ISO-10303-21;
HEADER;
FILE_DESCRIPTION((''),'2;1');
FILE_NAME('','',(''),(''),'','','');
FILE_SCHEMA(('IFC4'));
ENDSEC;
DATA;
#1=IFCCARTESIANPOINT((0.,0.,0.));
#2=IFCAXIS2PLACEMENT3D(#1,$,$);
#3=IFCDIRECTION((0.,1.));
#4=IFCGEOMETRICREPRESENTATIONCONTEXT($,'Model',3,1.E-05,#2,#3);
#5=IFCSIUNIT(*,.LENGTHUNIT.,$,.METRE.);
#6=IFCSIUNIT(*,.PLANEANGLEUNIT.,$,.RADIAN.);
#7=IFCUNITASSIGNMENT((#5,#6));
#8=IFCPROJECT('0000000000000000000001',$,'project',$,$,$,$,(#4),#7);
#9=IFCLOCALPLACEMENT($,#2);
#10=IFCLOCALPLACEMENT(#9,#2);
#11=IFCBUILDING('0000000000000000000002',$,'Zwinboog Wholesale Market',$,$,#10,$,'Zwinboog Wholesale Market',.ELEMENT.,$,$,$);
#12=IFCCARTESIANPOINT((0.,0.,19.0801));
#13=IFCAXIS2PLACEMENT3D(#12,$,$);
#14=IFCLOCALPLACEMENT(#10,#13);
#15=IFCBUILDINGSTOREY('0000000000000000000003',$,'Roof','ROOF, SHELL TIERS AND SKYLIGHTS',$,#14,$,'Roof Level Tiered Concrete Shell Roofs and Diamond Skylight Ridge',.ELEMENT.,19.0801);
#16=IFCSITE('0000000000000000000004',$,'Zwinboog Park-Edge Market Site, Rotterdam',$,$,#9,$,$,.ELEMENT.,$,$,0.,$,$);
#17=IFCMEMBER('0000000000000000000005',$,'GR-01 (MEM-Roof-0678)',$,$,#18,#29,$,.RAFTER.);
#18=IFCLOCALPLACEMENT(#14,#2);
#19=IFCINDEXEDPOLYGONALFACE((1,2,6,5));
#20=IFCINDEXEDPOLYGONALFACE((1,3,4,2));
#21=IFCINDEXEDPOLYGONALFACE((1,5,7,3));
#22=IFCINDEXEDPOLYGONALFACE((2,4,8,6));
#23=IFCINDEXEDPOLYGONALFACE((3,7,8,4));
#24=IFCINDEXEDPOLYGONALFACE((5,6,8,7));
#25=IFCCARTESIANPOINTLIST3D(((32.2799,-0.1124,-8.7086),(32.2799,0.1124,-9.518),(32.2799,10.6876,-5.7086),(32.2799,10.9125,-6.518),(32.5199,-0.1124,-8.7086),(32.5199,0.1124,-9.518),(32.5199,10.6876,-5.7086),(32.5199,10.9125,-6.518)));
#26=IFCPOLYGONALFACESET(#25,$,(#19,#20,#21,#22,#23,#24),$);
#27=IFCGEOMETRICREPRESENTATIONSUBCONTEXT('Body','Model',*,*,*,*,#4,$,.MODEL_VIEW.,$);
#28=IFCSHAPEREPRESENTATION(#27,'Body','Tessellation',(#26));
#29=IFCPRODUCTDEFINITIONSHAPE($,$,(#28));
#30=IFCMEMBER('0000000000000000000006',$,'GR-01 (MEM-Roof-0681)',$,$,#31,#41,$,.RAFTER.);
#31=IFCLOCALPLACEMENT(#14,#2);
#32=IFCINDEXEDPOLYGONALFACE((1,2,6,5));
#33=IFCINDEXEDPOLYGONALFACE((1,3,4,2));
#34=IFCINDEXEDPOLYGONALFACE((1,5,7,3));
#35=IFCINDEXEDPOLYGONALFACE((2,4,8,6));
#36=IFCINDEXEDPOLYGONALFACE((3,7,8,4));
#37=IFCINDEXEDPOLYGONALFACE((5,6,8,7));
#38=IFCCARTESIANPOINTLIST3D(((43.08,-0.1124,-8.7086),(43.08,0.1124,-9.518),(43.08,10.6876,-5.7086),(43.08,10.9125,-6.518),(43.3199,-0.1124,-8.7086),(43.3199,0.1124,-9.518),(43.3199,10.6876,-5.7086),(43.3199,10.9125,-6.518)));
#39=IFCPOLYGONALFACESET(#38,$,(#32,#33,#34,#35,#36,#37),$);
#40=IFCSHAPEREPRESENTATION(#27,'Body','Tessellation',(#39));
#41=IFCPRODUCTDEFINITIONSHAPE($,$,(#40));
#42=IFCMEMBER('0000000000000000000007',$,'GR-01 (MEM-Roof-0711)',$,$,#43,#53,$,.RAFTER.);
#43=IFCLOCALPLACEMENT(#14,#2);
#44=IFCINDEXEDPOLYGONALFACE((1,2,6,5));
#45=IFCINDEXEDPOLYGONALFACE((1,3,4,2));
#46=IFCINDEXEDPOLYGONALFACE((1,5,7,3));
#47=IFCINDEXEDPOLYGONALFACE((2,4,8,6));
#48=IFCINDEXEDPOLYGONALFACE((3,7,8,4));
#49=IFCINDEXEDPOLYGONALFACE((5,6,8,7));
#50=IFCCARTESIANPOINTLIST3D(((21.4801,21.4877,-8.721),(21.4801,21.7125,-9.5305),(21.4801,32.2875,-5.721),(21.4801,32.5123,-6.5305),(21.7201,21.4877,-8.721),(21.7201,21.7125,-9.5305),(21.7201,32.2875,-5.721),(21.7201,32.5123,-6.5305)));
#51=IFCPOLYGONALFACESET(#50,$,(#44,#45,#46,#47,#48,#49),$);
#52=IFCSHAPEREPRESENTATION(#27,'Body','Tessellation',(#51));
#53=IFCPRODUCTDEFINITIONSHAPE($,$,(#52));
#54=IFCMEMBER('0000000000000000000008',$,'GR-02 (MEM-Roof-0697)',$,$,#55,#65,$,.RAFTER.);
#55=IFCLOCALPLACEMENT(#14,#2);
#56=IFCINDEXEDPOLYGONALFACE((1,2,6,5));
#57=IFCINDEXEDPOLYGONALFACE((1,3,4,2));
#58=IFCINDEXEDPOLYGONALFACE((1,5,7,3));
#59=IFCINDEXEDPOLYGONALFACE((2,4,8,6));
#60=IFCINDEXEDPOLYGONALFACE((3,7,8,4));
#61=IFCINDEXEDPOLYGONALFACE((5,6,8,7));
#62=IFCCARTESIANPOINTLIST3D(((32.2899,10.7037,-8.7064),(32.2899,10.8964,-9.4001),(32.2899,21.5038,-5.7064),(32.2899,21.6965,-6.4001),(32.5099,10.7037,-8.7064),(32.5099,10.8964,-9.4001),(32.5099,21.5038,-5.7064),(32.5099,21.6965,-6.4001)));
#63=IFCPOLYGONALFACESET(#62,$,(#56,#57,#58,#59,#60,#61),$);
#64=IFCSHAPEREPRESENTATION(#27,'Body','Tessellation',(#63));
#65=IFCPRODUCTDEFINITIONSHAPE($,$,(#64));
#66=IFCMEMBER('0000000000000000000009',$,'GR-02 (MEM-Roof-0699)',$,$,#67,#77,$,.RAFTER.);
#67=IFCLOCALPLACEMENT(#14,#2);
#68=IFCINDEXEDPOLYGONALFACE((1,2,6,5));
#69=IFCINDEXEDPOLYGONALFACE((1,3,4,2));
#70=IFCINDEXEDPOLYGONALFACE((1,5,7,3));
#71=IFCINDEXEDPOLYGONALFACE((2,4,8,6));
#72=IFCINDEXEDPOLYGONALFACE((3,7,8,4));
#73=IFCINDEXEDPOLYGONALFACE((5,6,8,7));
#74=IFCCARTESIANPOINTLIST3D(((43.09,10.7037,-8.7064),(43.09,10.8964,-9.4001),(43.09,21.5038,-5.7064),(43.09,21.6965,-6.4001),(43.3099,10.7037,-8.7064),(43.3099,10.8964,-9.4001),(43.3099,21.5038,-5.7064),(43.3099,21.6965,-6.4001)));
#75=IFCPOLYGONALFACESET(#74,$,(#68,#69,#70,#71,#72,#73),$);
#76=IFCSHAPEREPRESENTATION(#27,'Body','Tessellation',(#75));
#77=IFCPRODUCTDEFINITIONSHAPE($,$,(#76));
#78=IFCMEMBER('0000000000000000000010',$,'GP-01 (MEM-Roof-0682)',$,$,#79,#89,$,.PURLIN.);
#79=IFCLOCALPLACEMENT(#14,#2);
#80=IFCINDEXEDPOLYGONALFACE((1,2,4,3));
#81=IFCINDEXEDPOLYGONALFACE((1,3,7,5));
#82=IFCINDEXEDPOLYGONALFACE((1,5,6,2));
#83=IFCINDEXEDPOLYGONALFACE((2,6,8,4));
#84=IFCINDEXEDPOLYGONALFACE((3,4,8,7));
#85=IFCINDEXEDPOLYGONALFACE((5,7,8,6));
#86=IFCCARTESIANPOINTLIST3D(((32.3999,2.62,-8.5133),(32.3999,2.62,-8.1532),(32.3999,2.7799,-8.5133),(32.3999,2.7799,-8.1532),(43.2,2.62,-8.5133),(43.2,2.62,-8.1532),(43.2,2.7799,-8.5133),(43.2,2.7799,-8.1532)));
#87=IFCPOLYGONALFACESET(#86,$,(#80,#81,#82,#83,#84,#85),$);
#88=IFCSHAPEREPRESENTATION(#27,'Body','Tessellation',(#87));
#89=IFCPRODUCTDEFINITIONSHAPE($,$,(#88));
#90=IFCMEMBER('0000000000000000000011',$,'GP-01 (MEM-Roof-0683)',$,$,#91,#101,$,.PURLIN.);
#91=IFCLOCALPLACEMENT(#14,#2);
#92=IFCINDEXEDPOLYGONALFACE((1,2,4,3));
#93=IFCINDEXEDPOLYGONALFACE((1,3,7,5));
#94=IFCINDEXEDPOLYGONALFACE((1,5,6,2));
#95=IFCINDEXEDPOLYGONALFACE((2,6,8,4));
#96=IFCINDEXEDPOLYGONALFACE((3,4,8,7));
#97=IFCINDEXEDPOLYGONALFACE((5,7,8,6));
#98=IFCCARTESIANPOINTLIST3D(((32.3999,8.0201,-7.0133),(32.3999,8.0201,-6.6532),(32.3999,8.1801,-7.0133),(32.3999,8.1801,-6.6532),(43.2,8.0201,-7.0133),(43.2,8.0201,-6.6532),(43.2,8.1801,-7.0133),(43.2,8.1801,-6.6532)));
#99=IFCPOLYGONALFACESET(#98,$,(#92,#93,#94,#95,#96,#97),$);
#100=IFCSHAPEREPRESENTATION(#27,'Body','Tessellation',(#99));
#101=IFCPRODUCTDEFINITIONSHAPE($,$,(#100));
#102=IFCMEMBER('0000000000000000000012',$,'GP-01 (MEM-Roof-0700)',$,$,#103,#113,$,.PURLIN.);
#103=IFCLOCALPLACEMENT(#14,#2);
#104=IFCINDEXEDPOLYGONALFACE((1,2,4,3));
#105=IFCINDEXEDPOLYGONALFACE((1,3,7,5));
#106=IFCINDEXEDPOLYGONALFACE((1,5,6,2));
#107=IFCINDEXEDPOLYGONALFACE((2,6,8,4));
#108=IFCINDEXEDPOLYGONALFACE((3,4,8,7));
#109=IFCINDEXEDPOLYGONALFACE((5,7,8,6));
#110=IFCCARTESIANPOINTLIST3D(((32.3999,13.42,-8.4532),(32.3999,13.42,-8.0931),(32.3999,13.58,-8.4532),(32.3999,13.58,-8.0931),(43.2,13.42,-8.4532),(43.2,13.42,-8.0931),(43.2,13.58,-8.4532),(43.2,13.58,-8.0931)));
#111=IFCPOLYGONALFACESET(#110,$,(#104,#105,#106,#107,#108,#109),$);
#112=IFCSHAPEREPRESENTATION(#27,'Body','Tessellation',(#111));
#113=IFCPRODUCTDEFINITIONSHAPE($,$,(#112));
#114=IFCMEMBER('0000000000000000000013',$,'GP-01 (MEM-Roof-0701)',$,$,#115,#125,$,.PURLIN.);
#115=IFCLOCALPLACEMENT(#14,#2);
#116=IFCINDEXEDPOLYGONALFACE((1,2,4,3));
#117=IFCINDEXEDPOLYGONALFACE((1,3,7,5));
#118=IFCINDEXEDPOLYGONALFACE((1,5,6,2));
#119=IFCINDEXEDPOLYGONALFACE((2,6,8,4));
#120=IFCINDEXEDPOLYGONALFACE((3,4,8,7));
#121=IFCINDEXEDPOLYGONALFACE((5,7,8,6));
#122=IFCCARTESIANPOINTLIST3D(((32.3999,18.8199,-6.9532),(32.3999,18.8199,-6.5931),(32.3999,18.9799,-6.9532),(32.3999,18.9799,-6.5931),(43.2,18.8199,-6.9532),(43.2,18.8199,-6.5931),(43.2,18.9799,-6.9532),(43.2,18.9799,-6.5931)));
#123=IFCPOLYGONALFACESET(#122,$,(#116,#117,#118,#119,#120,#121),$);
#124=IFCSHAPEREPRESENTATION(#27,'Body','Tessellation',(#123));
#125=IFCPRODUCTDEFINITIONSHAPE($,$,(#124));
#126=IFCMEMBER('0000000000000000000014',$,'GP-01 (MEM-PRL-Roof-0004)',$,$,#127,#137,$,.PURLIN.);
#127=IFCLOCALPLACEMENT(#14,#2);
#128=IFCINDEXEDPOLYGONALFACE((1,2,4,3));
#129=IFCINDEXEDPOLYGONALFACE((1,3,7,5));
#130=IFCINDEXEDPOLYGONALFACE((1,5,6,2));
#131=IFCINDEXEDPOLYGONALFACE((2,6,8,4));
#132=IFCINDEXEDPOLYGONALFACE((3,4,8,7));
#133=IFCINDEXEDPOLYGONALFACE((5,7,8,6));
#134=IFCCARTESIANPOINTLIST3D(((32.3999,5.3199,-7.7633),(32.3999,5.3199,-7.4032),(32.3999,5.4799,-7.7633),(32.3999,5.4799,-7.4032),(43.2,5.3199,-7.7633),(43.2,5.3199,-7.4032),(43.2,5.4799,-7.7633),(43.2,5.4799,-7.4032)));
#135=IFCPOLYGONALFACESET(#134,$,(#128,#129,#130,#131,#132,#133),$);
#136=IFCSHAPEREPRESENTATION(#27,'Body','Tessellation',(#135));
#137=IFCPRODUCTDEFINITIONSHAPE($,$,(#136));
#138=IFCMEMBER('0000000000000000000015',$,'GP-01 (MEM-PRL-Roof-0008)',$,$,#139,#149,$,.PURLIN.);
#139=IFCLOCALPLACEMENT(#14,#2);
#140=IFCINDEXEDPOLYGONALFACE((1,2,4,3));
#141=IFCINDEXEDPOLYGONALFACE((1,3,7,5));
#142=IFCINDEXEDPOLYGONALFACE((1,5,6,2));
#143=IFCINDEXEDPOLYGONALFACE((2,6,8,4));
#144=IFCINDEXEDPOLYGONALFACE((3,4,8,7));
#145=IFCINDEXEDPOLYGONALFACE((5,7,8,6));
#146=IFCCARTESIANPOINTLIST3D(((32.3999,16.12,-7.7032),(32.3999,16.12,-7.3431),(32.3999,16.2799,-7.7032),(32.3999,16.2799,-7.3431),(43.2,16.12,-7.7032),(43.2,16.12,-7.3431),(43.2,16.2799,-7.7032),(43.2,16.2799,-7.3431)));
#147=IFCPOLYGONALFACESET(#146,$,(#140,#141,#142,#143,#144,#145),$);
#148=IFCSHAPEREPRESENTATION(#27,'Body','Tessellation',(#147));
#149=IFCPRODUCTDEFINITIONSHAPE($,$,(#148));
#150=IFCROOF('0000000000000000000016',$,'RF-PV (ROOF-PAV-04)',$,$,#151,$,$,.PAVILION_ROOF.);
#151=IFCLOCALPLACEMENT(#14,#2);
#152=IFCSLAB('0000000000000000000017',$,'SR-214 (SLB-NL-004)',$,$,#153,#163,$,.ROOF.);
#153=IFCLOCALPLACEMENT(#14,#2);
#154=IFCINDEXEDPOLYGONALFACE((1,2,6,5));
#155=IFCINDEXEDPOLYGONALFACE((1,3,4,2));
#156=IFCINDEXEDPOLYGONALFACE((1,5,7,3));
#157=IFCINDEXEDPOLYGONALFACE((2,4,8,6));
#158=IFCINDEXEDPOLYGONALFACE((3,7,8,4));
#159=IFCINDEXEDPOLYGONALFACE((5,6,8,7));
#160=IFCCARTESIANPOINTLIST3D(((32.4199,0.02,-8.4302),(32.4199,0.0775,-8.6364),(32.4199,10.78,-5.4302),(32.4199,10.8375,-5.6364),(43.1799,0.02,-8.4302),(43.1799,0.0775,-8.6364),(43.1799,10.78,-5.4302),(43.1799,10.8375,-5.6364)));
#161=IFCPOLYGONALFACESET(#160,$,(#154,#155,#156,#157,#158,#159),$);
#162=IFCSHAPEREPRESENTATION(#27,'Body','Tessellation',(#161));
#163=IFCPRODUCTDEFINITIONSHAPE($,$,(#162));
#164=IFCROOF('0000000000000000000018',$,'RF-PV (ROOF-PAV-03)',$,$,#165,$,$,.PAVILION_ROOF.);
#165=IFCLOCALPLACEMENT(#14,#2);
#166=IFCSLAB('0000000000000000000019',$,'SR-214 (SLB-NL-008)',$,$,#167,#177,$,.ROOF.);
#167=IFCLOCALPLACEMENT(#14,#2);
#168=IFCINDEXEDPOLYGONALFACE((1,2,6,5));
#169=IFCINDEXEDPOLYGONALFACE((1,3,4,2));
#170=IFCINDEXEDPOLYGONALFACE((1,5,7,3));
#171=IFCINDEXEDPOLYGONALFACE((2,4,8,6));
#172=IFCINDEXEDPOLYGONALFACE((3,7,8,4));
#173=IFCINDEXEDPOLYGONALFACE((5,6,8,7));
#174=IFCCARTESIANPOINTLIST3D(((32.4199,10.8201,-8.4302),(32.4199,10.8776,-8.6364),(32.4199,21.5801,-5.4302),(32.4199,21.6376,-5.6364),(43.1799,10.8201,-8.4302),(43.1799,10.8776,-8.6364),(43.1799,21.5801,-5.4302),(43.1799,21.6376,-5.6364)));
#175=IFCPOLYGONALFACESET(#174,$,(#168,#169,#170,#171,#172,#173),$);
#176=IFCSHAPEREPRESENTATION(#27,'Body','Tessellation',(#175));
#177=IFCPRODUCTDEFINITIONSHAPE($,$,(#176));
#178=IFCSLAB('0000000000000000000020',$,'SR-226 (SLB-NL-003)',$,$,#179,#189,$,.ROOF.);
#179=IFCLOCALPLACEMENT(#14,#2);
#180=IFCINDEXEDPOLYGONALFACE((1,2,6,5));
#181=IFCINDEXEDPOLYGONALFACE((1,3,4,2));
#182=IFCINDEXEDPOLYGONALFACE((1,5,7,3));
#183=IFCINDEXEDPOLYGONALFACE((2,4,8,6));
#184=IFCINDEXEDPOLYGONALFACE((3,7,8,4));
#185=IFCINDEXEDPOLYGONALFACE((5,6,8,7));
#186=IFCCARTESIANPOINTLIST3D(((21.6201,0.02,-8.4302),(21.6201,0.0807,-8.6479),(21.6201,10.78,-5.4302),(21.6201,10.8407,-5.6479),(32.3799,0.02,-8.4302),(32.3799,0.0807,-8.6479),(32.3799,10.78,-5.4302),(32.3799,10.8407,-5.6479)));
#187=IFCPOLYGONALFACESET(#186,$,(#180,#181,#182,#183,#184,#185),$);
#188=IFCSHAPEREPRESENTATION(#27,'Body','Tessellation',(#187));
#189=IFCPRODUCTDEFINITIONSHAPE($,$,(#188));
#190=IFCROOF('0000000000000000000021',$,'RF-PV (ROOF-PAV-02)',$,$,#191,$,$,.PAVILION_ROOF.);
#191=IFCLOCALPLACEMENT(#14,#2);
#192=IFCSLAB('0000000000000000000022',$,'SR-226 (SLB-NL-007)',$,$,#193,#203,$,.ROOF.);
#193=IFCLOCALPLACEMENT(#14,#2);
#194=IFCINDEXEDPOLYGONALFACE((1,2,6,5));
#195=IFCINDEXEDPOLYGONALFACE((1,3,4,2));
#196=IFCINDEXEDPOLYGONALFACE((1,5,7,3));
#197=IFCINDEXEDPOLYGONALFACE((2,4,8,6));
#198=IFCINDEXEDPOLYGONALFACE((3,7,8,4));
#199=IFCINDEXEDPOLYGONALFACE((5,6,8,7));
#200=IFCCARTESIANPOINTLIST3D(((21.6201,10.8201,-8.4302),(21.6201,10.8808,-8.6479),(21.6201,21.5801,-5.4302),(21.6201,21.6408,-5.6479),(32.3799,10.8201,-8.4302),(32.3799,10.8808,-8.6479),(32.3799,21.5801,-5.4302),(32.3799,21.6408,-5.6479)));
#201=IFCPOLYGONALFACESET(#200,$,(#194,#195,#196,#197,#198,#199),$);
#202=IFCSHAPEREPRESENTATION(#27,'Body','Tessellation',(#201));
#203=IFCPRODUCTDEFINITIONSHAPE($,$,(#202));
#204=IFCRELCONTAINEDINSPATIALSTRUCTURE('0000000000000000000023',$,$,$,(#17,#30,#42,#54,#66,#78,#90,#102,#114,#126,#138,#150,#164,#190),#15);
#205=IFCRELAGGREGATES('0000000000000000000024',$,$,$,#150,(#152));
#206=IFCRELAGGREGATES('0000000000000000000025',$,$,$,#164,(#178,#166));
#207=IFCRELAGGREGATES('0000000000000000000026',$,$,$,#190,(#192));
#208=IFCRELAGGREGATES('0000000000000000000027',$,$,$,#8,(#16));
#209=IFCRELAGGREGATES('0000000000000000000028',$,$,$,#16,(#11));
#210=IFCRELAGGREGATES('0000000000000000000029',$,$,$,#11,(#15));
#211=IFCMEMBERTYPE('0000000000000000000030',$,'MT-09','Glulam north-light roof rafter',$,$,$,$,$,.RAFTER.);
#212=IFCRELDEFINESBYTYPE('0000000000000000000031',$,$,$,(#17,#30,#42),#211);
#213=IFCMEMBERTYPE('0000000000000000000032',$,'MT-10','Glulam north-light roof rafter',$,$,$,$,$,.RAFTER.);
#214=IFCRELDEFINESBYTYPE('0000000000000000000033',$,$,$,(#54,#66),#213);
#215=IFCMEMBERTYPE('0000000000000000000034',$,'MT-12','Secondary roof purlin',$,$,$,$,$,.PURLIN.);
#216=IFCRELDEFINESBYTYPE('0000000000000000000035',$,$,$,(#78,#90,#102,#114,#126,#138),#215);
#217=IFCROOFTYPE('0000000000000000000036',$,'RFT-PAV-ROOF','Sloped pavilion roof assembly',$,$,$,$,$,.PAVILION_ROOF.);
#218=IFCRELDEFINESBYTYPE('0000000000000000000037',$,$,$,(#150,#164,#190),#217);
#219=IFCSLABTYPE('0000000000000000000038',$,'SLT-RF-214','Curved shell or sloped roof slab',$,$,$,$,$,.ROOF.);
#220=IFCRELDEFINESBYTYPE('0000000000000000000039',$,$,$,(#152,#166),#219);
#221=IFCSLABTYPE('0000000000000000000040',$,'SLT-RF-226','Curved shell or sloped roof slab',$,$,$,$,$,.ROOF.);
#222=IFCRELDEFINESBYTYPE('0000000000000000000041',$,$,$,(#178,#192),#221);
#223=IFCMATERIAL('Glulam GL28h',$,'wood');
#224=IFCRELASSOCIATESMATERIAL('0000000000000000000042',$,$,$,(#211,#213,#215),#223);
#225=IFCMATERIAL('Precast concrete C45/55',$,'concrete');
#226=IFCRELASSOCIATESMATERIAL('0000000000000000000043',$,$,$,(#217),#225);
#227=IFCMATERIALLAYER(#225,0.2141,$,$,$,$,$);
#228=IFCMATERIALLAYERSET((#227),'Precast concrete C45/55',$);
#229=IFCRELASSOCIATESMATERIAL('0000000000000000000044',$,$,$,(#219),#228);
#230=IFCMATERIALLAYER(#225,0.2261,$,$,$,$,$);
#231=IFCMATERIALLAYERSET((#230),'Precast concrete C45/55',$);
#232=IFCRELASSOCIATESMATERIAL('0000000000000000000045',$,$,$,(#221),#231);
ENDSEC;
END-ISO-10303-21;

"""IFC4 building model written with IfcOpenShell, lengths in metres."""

from ifc_helpers import new_model, si_unit, direction, frame, origin, origin_2d, place, context, subcontext, project, spatial, polyline, rectangle, outline, extrude, material, layer, layer_set, material_profile, profile_set, type_object, element, aggregate, save


model = new_model("IFC4")

# Units and contexts
model_context = context("Model", 3, precision=1e-05, world=origin(), true_north=direction((0.0, 1.0)))
body_context = subcontext(model_context, "Body", "Model", "MODEL_VIEW")
ifc_project = project(units=[si_unit("LENGTHUNIT", "METRE"), si_unit("PLANEANGLEUNIT", "RADIAN")], contexts=[model_context])

# Site, building, storey
site_placement = place(None, origin())
site = spatial("IfcSite", under=ifc_project, at=site_placement, Name="Zwinboog Park-Edge Market Site, Rotterdam", CompositionType="ELEMENT", RefElevation=0.0)
building_placement = place(site_placement, origin())
building = spatial("IfcBuilding", under=site, at=building_placement, Name="Zwinboog Wholesale Market", LongName="Zwinboog Wholesale Market", CompositionType="ELEMENT")
storey_placement = place(building_placement, frame((0.0, 0.0, 19.0801)))
storey = spatial("IfcBuildingStorey", under=building, at=storey_placement, Name="Roof", Description="ROOF, SHELL TIERS AND SKYLIGHTS", LongName="Roof Level Tiered Concrete Shell Roofs and Diamond Skylight Ridge", CompositionType="ELEMENT", Elevation=19.0801)

# Shared definitions
ifc_material_1 = material(Name="Precast concrete C45/55", Category="concrete")

# Members
ifc_material_2 = material(Name="Glulam GL28h", Category="wood")
ifc_material_profile_1 = material_profile(ifc_material_2, rectangle(XDim=0.24, YDim=0.8401, at=origin_2d()), Name="GL28h 240x840")
ifc_profile_set_1 = profile_set([ifc_material_profile_1], Name="Glulam GL28h")
member_type_1 = type_object("IfcMemberType", Name="MT-09", Description="Glulam north-light roof rafter", PredefinedType="RAFTER", material=ifc_profile_set_1)
for number, where, z_axis, x_axis, name in (
    (1, (32.3999, 0.0, -9.1133), (0.0, 0.963518, 0.267643), (-1.0, 0.0, 0.0), "GR-01 (MEM-Roof-0678)"),
    (2, (43.2, 0.0, -9.1133), (0.0, 0.963518, 0.267643), (-1.0, 0.0, 0.0), "GR-01 (MEM-Roof-0681)"),
):
    element("IfcMember", number, at=place(storey_placement, frame(where, z_axis=z_axis, x_axis=x_axis)), inside=storey, type_object=member_type_1, Name=name, PredefinedType="RAFTER", context=body_context, shape_type="SweptSolid", body=[
        extrude(rectangle(XDim=0.24, YDim=0.8401, at=origin_2d()), origin(), (0.0, 0.0, 1.0), 11.209),
    ])
member_1_placement = place(storey_placement, frame((21.6001, 21.6001, -9.1257), z_axis=(0.0, 0.963517, 0.267648), x_axis=(-1.0, 0.0, 0.0)))
element("IfcMember", 3, at=member_1_placement, inside=storey, type_object=member_type_1, Name="GR-01 (MEM-Roof-0711)", PredefinedType="RAFTER", context=body_context, shape_type="SweptSolid", body=[
    extrude(rectangle(XDim=0.24, YDim=0.8401, at=origin_2d()), origin(), (0.0, 0.0, 1.0), 11.2087),
])
ifc_material_profile_2 = material_profile(ifc_material_2, rectangle(XDim=0.22, YDim=0.72, at=origin_2d()), Name="GL28h 220x720")
ifc_profile_set_2 = profile_set([ifc_material_profile_2], Name="Glulam GL28h")
member_type_2 = type_object("IfcMemberType", Name="MT-10", Description="Glulam north-light roof rafter", PredefinedType="RAFTER", material=ifc_profile_set_2)
for number, where, z_axis, x_axis, name in (
    (4, (32.3999, 10.8, -9.0532), (0.0, 0.963518, 0.267643), (-1.0, 0.0, 0.0), "GR-02 (MEM-Roof-0697)"),
    (5, (43.2, 10.8, -9.0532), (0.0, 0.963518, 0.267643), (-1.0, 0.0, 0.0), "GR-02 (MEM-Roof-0699)"),
):
    element("IfcMember", number, at=place(storey_placement, frame(where, z_axis=z_axis, x_axis=x_axis)), inside=storey, type_object=member_type_2, Name=name, PredefinedType="RAFTER", context=body_context, shape_type="SweptSolid", body=[
        extrude(rectangle(XDim=0.22, YDim=0.72, at=origin_2d()), origin(), (0.0, 0.0, 1.0), 11.209),
    ])
ifc_material_profile_3 = material_profile(ifc_material_2, rectangle(XDim=0.1599, YDim=0.3601, at=origin_2d()), Name="GL28h 160x360")
ifc_profile_set_3 = profile_set([ifc_material_profile_3], Name="Glulam GL28h")
member_type_3 = type_object("IfcMemberType", Name="MT-12", Description="Secondary roof purlin", PredefinedType="PURLIN", material=ifc_profile_set_3)
for number, where, z_axis, x_axis, name in (
    (6, (32.3999, 2.7, -8.3333), (1.0, 0.0, 0.0), (0.0, 1.0, 0.0), "GP-01 (MEM-Roof-0682)"),
    (7, (32.3999, 8.1001, -6.8333), (1.0, 0.0, 0.0), (0.0, 1.0, 0.0), "GP-01 (MEM-Roof-0683)"),
    (8, (32.3999, 13.5, -8.2732), (1.0, 0.0, 0.0), (0.0, 1.0, 0.0), "GP-01 (MEM-Roof-0700)"),
    (9, (32.3999, 18.8999, -6.7732), (1.0, 0.0, 0.0), (0.0, 1.0, 0.0), "GP-01 (MEM-Roof-0701)"),
    (10, (32.3999, 5.3999, -7.5833), (1.0, 0.0, 0.0), (0.0, 1.0, 0.0), "GP-01 (MEM-PRL-Roof-0004)"),
    (11, (32.3999, 16.2, -7.5232), (1.0, 0.0, 0.0), (0.0, 1.0, 0.0), "GP-01 (MEM-PRL-Roof-0008)"),
):
    element("IfcMember", number, at=place(storey_placement, frame(where, z_axis=z_axis, x_axis=x_axis)), inside=storey, type_object=member_type_3, Name=name, PredefinedType="PURLIN", context=body_context, shape_type="SweptSolid", body=[
        extrude(rectangle(XDim=0.1599, YDim=0.3601, at=origin_2d()), origin(), (0.0, 0.0, 1.0), 10.8),
    ])

# Roof, slab
roof_type = type_object("IfcRoofType", Name="RFT-PAV-ROOF", Description="Sloped pavilion roof assembly", PredefinedType="PAVILION_ROOF", material=ifc_material_1)
roof_1_placement = place(storey_placement, origin())
roof_1 = element("IfcRoof", 12, at=roof_1_placement, inside=storey, type_object=roof_type, Name="RF-PV (ROOF-PAV-04)", PredefinedType="PAVILION_ROOF")
ifc_layer_1 = layer(ifc_material_1, 0.2141)
ifc_layer_set_1 = layer_set([ifc_layer_1], Name="Precast concrete C45/55")
slab_type_1 = type_object("IfcSlabType", Name="SLT-RF-214", Description="Curved shell or sloped roof slab", PredefinedType="ROOF", material=ifc_layer_set_1)
slab_1_placement = place(storey_placement, frame((32.4199, 0.02, -8.4302), z_axis=(0.0, -0.268567, 0.963261), x_axis=(1.0, 0.0, 0.0)))
slab_1 = element("IfcSlab", 13, at=slab_1_placement, type_object=slab_type_1, Name="SR-214 (SLB-NL-004)", PredefinedType="ROOF", context=body_context, shape_type="SweptSolid", body=[
    extrude(outline(polyline([(0.0, 0.0), (10.76, 0.0), (10.76, 11.1704), (0.0, 11.1704), (0.0, 0.0)])), origin(), (0.0, 0.0, -1.0), 0.2141),
])
aggregate(roof_1, [slab_1])

# Roof, slabs
roof_2_placement = place(storey_placement, origin())
roof_2 = element("IfcRoof", 14, at=roof_2_placement, inside=storey, type_object=roof_type, Name="RF-PV (ROOF-PAV-03)", PredefinedType="PAVILION_ROOF")
slab_2_placement = place(storey_placement, frame((32.4199, 10.8201, -8.4302), z_axis=(0.0, -0.268567, 0.963261), x_axis=(1.0, 0.0, 0.0)))
slab_2 = element("IfcSlab", 15, at=slab_2_placement, type_object=slab_type_1, Name="SR-214 (SLB-NL-008)", PredefinedType="ROOF", context=body_context, shape_type="SweptSolid", body=[
    extrude(outline(polyline([(0.0, 0.0), (10.76, 0.0), (10.76, 11.1704), (0.0, 11.1704), (0.0, 0.0)])), origin(), (0.0, 0.0, -1.0), 0.2141),
])
ifc_layer_2 = layer(ifc_material_1, 0.2261)
ifc_layer_set_2 = layer_set([ifc_layer_2], Name="Precast concrete C45/55")
slab_type_2 = type_object("IfcSlabType", Name="SLT-RF-226", Description="Curved shell or sloped roof slab", PredefinedType="ROOF", material=ifc_layer_set_2)
slab_3_placement = place(storey_placement, frame((21.6201, 0.02, -8.4302), z_axis=(0.0, -0.268567, 0.963261), x_axis=(1.0, 0.0, 0.0)))
slab_3 = element("IfcSlab", 16, at=slab_3_placement, type_object=slab_type_2, Name="SR-226 (SLB-NL-003)", PredefinedType="ROOF", context=body_context, shape_type="SweptSolid", body=[
    extrude(outline(polyline([(0.0, 0.0), (10.7598, 0.0), (10.7598, 11.1704), (0.0, 11.1704), (0.0, 0.0)])), origin(), (0.0, 0.0, -1.0), 0.2261),
])
aggregate(roof_2, [slab_3, slab_2])

# Roof, slab
roof_3_placement = place(storey_placement, origin())
roof_3 = element("IfcRoof", 17, at=roof_3_placement, inside=storey, type_object=roof_type, Name="RF-PV (ROOF-PAV-02)", PredefinedType="PAVILION_ROOF")
slab_4_placement = place(storey_placement, frame((21.6201, 10.8201, -8.4302), z_axis=(0.0, -0.268567, 0.963261), x_axis=(1.0, 0.0, 0.0)))
slab_4 = element("IfcSlab", 18, at=slab_4_placement, type_object=slab_type_2, Name="SR-226 (SLB-NL-007)", PredefinedType="ROOF", context=body_context, shape_type="SweptSolid", body=[
    extrude(outline(polyline([(0.0, 0.0), (10.7598, 0.0), (10.7598, 11.1704), (0.0, 11.1704), (0.0, 0.0)])), origin(), (0.0, 0.0, -1.0), 0.2261),
])
aggregate(roof_3, [slab_4])

save(model, "model.ifc")
